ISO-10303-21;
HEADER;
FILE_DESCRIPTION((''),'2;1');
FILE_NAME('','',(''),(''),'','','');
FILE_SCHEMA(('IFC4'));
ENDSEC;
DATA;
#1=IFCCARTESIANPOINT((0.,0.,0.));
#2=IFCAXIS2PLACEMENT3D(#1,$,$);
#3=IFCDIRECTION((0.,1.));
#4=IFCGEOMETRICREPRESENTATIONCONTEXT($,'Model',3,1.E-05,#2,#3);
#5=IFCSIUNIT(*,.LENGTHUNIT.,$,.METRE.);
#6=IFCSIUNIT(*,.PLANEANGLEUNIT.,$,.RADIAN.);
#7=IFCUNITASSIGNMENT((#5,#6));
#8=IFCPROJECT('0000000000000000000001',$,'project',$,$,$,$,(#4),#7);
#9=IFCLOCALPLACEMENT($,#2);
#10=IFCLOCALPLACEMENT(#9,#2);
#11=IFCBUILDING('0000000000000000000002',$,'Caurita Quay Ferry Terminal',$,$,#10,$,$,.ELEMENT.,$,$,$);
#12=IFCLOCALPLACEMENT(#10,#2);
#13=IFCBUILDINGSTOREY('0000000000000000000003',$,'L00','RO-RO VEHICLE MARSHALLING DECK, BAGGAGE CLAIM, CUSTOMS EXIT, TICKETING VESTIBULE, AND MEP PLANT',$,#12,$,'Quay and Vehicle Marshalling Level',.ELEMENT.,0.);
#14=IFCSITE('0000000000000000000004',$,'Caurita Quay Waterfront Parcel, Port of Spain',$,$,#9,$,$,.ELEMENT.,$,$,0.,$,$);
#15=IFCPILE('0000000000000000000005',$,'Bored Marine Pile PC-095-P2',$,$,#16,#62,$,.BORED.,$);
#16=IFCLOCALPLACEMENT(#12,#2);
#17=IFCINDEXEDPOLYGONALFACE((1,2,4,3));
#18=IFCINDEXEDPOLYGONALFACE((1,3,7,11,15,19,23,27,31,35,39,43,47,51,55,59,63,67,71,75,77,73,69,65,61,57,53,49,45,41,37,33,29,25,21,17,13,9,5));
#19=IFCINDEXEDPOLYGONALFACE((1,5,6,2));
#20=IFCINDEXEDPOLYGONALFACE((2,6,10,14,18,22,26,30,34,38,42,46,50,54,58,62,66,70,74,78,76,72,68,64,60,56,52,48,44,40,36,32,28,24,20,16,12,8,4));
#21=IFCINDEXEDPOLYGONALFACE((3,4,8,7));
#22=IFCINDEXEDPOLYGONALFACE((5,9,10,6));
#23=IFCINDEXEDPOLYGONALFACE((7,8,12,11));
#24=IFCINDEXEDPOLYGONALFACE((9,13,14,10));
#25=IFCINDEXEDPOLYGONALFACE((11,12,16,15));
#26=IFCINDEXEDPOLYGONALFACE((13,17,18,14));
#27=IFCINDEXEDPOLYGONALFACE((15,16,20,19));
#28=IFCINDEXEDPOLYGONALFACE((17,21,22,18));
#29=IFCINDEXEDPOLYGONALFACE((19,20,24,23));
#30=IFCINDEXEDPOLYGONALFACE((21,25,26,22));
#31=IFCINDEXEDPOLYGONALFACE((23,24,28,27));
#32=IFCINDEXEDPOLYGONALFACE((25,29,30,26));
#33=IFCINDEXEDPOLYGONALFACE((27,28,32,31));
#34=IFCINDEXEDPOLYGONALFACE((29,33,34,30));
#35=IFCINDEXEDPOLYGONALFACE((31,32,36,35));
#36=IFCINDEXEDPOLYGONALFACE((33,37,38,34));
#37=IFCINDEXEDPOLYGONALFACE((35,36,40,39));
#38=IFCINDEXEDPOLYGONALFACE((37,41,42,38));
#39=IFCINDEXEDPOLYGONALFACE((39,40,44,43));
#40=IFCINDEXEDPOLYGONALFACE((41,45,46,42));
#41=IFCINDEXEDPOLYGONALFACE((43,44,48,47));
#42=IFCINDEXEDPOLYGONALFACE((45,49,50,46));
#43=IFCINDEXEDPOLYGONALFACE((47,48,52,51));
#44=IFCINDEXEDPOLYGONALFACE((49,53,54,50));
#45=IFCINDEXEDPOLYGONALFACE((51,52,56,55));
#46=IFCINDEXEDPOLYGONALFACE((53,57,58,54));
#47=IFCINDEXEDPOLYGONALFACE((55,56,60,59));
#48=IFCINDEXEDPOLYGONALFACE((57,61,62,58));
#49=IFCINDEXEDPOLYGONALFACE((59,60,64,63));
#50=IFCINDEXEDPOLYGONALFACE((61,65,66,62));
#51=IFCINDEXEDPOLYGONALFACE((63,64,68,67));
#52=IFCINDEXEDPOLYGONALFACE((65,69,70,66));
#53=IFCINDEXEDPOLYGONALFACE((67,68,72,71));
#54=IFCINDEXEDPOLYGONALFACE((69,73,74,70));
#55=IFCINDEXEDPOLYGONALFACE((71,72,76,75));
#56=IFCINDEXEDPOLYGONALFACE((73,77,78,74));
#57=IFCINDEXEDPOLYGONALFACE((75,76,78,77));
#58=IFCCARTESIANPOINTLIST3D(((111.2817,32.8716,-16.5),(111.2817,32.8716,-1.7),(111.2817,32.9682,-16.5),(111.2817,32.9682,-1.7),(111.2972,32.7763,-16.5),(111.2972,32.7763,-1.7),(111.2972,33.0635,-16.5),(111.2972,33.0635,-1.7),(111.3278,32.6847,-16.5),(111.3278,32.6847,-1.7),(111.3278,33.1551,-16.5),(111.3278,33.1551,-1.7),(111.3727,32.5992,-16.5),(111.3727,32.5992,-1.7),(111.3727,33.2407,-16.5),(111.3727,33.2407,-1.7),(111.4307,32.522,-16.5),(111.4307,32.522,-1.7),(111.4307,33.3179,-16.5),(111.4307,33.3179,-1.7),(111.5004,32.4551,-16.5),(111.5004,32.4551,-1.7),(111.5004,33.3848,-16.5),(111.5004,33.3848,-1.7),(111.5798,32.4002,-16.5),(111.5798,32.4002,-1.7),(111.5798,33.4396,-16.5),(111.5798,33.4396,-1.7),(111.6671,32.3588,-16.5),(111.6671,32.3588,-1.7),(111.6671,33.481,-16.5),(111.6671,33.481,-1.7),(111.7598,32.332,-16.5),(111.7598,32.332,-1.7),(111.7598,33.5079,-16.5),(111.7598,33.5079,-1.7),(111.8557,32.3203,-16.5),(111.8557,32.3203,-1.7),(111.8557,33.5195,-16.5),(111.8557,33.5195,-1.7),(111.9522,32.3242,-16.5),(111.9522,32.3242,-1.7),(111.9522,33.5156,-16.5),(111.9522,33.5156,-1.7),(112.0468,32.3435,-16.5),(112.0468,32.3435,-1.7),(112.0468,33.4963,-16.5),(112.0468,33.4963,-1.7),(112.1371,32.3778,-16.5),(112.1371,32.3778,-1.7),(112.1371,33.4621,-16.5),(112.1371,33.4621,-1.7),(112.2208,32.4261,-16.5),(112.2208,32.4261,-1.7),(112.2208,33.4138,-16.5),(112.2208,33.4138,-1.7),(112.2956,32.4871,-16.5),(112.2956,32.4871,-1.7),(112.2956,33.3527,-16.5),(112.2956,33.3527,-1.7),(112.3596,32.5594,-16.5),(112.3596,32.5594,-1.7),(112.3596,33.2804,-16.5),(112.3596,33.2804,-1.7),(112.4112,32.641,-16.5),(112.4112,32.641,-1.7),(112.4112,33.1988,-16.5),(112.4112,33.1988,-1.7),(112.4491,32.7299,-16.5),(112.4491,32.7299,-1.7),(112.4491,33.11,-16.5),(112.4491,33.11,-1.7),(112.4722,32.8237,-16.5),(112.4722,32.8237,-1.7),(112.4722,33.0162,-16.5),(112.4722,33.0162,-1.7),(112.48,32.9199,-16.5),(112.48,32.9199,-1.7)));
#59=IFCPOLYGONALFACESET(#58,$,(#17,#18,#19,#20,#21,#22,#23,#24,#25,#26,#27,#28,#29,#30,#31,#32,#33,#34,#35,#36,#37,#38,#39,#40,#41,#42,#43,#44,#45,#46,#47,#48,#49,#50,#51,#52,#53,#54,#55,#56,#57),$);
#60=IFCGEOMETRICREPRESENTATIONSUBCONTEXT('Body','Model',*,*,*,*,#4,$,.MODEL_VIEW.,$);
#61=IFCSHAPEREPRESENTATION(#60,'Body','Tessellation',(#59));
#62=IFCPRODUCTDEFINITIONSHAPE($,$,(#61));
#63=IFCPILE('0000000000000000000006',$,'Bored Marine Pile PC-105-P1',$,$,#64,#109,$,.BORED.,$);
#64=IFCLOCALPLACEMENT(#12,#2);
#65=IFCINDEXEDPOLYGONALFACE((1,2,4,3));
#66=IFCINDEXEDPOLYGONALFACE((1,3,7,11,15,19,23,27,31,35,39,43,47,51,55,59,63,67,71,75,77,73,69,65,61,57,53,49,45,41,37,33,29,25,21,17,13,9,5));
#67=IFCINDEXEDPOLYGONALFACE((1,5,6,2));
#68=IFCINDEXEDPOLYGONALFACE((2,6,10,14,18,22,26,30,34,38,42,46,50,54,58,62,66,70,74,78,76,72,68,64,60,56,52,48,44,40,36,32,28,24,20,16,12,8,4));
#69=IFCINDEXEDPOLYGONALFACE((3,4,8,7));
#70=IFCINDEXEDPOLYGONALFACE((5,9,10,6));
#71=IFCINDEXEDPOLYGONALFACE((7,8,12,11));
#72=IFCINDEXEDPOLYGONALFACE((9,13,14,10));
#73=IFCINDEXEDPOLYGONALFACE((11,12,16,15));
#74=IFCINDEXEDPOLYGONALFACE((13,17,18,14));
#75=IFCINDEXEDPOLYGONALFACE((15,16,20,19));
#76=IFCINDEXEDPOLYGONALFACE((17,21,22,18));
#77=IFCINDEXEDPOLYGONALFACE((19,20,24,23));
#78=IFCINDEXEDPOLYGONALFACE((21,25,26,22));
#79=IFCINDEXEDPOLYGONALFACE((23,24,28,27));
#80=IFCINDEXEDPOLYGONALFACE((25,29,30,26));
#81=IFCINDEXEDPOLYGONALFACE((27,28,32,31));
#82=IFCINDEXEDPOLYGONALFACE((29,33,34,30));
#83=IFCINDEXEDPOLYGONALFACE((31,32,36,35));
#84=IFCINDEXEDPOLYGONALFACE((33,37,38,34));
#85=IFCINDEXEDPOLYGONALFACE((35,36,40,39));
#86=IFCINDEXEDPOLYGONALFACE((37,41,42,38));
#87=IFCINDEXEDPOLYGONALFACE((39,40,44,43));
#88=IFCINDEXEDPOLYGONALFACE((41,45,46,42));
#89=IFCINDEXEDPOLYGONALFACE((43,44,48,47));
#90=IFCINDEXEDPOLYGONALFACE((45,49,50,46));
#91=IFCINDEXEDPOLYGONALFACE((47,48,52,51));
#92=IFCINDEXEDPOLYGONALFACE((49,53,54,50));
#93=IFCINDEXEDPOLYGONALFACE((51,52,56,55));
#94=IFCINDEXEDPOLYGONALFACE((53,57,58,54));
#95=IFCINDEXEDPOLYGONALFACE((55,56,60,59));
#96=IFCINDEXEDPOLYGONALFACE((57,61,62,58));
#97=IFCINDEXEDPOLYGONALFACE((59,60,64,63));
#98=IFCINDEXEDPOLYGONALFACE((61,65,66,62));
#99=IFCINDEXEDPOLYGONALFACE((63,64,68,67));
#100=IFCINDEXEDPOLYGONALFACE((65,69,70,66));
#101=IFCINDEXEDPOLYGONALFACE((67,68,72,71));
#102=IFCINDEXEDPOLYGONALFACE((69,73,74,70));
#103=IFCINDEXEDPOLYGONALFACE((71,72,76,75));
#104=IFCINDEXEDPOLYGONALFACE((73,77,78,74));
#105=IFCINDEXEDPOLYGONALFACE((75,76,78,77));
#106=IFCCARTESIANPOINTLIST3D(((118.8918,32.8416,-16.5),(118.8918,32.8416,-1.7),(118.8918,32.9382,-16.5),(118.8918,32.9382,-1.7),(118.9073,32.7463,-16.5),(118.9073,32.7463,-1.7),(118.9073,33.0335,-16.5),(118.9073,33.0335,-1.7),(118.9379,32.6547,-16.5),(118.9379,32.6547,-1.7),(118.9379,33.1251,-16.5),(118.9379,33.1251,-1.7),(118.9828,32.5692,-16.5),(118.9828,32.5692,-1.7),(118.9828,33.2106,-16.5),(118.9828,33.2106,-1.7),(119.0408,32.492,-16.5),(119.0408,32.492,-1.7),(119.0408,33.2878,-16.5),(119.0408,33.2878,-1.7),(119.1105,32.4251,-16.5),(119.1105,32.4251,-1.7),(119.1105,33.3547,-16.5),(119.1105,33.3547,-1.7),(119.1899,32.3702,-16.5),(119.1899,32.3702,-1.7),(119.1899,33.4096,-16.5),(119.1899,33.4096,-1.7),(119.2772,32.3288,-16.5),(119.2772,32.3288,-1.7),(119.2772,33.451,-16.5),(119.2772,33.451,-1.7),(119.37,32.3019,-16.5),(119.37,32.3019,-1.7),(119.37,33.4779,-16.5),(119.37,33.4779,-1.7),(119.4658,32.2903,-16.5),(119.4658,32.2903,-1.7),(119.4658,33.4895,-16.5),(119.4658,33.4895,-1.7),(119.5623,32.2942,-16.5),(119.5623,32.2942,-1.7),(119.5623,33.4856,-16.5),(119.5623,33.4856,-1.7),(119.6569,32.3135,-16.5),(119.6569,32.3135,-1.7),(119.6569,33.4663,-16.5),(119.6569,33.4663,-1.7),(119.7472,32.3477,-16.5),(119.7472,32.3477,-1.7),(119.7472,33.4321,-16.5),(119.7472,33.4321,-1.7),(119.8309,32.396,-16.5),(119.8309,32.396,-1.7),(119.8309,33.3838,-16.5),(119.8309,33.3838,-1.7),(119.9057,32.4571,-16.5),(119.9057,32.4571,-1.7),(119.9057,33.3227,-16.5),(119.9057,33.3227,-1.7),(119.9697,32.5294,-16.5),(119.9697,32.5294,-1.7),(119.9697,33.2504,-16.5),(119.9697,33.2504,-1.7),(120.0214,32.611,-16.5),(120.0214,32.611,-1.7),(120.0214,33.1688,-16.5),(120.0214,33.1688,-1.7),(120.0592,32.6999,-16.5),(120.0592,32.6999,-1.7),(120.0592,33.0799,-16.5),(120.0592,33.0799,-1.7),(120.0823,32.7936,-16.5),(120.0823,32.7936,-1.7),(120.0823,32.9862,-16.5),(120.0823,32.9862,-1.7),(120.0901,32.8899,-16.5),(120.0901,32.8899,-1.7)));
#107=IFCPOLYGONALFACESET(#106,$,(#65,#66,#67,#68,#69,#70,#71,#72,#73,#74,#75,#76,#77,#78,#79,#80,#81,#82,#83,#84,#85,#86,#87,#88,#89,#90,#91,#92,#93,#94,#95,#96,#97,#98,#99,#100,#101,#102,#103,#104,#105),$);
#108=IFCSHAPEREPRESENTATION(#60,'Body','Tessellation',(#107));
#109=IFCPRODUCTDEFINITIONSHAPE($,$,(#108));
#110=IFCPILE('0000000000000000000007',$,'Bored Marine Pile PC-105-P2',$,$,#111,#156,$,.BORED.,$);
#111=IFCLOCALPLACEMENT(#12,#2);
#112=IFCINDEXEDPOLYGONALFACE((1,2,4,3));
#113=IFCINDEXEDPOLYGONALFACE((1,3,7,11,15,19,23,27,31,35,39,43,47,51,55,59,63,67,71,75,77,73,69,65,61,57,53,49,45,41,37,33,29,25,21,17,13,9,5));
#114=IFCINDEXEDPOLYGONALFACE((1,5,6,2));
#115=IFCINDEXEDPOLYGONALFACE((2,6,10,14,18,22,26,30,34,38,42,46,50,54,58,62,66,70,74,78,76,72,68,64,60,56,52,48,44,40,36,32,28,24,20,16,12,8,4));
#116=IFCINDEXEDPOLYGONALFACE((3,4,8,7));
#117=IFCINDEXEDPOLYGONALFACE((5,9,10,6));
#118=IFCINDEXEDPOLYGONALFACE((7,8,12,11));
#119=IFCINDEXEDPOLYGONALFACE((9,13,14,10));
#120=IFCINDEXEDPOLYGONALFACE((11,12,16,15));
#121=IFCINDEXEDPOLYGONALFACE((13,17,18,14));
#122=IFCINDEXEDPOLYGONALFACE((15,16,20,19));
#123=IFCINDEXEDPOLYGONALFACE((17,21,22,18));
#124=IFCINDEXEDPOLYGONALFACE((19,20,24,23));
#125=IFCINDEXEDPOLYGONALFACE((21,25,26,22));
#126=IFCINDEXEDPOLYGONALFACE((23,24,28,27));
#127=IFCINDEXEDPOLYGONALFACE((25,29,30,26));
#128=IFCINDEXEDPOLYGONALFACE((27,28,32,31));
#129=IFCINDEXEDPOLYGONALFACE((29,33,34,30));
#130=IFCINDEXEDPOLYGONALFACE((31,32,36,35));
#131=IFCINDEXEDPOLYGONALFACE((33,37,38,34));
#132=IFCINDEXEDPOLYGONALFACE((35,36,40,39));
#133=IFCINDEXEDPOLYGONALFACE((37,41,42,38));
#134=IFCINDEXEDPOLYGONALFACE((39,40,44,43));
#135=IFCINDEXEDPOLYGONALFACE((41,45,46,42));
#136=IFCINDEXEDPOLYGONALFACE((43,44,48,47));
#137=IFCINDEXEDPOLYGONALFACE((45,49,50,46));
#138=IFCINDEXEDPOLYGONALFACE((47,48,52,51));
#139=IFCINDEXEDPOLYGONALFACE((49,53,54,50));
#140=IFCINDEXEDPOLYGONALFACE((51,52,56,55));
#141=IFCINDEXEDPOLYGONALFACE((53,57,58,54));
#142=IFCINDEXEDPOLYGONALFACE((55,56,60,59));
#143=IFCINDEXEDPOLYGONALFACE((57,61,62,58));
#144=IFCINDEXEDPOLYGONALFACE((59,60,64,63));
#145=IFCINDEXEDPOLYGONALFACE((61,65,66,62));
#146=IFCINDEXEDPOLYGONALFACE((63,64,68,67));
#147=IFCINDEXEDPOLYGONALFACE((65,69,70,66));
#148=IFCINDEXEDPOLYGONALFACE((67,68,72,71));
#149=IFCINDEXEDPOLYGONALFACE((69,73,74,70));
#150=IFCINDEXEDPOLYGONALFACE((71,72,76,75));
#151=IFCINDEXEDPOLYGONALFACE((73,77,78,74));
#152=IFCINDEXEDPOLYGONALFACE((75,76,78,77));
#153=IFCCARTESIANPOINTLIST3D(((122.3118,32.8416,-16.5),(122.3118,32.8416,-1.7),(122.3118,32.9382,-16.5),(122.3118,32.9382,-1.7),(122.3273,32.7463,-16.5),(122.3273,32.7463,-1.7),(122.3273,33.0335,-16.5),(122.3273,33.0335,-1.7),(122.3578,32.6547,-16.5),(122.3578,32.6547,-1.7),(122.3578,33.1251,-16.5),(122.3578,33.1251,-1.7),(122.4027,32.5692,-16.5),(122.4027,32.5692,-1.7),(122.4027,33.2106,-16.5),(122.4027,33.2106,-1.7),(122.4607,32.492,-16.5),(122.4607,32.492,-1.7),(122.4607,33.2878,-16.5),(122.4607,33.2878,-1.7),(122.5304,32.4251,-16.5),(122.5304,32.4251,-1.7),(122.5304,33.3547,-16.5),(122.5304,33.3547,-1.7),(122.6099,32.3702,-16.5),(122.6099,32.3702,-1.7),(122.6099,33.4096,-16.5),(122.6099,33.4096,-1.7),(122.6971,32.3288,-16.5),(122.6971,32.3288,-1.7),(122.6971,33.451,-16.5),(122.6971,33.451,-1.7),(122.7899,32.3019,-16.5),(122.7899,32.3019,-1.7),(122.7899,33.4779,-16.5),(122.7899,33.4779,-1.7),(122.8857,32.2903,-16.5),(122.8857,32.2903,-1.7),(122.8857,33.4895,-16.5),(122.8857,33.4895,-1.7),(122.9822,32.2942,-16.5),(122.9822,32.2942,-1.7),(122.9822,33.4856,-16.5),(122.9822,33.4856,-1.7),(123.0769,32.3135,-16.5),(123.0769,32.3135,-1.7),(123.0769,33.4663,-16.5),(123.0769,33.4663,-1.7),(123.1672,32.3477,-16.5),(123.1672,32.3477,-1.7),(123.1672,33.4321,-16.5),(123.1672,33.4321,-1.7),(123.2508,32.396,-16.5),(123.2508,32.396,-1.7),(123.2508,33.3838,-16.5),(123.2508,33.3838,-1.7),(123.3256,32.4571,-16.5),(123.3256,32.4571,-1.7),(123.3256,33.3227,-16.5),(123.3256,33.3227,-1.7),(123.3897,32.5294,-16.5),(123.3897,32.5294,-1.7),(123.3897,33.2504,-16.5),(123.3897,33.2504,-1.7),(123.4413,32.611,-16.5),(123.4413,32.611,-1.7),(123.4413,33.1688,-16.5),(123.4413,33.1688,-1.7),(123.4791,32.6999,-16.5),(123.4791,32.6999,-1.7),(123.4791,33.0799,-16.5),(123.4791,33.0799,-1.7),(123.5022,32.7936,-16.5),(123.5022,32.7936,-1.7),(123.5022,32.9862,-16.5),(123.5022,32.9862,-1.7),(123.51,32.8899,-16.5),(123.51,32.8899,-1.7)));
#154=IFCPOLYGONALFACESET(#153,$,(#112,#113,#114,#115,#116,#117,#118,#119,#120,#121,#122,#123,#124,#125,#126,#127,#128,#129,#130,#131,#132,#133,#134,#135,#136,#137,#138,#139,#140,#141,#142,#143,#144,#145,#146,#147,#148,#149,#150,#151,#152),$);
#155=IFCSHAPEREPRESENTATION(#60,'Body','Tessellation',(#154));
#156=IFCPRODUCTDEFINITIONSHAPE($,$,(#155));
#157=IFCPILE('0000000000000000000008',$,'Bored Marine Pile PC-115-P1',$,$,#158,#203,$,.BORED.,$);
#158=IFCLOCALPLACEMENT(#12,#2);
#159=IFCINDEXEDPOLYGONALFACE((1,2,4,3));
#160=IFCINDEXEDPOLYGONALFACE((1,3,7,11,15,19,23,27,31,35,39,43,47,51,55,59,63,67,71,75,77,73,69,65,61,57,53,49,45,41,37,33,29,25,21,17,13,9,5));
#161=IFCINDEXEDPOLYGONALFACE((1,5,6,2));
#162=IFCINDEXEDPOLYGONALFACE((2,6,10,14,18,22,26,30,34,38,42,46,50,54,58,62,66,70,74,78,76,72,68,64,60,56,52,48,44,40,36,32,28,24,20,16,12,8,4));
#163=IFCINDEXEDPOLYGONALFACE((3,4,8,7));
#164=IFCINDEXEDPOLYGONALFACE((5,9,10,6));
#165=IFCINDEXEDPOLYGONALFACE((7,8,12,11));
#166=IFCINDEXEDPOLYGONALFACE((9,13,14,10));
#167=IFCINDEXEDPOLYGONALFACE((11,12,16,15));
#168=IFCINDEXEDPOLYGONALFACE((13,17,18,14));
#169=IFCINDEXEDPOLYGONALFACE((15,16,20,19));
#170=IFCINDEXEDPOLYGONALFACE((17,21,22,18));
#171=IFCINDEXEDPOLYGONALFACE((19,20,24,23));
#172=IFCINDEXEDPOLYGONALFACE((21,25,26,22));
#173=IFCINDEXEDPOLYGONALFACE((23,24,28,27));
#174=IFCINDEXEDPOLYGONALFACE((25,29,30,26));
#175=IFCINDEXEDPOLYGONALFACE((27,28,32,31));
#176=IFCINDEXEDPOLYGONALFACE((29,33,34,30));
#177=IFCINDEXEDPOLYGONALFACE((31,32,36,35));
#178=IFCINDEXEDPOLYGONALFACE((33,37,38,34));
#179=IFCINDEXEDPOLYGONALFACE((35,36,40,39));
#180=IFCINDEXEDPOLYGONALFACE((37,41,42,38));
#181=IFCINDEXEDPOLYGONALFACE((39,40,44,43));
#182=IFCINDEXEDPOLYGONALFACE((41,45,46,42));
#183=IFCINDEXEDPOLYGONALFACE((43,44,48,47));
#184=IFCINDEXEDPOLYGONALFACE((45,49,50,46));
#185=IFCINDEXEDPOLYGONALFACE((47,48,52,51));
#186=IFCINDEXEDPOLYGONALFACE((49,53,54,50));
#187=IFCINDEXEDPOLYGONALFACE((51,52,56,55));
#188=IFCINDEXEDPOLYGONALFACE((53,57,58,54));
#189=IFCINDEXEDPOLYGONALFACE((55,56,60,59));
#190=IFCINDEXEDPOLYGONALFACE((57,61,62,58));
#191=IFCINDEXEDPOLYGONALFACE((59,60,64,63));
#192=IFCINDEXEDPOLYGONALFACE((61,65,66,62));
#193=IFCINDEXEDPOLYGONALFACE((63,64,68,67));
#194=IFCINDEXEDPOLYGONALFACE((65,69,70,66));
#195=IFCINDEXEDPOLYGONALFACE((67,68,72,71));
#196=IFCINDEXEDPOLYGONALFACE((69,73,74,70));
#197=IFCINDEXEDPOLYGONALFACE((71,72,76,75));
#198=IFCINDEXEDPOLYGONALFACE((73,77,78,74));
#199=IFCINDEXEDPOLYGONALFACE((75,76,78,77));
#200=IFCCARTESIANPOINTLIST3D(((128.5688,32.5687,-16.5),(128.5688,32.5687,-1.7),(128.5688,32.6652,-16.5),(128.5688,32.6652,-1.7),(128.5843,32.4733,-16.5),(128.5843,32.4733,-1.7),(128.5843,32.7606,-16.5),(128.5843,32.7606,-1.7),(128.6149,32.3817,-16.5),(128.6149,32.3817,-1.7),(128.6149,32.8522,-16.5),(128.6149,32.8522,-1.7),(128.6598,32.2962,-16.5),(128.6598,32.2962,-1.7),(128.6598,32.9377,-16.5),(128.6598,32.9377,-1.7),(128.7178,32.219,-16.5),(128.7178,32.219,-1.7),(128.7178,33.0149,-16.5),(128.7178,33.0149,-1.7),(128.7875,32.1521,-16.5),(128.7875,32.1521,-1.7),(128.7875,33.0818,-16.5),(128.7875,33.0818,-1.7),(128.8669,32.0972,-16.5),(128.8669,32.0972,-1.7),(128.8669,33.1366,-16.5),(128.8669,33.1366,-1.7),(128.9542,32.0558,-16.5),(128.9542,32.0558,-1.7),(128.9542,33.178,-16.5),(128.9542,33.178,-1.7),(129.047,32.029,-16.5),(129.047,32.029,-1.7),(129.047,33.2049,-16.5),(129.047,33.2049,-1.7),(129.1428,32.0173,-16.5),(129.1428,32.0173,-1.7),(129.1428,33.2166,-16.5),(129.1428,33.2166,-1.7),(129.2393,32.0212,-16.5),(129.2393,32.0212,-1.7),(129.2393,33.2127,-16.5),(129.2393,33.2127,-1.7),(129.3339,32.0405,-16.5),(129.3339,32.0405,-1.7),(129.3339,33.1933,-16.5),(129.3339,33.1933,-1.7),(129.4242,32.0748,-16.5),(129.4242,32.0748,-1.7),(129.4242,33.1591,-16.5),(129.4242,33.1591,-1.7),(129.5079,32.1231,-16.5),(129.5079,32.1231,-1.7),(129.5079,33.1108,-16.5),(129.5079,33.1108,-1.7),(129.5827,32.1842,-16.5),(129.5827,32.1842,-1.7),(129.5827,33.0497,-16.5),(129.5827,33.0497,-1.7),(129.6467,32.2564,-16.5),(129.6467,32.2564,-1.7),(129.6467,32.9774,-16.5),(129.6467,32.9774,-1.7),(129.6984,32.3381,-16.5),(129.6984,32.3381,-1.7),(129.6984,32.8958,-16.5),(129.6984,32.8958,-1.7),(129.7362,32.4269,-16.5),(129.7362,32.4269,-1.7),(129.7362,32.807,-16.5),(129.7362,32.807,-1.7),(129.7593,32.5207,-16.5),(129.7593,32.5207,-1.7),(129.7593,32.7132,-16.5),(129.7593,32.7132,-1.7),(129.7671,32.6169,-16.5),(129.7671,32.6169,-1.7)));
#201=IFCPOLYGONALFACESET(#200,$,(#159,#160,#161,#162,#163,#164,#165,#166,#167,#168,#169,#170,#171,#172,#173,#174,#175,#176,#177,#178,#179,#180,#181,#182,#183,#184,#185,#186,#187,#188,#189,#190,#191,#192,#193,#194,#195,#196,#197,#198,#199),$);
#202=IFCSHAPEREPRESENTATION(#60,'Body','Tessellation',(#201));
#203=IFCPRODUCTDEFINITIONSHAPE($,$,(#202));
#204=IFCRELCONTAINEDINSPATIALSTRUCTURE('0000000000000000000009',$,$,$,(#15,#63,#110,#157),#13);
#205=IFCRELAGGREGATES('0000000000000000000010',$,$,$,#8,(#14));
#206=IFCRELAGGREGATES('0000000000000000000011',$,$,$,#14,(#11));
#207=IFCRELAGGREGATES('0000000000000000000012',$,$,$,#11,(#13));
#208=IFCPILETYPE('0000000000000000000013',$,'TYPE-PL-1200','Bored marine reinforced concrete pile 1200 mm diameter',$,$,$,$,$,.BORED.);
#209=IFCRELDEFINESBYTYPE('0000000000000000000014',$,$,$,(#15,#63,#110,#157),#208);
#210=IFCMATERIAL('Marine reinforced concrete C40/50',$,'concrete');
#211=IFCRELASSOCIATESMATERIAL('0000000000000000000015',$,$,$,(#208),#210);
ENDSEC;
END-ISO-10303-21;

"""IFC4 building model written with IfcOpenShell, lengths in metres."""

from ifc_helpers import new_model, si_unit, direction, frame, origin, origin_2d, place, context, subcontext, project, spatial, circle, extrude, material, material_profile, profile_set, type_object, element, save


model = new_model("IFC4")

# Units and contexts
model_context = context("Model", 3, precision=1e-05, world=origin(), true_north=direction((0.0, 1.0)))
body_context = subcontext(model_context, "Body", "Model", "MODEL_VIEW")
ifc_project = project(units=[si_unit("LENGTHUNIT", "METRE"), si_unit("PLANEANGLEUNIT", "RADIAN")], contexts=[model_context])

# Site, building, storey
site_placement = place(None, origin())
site = spatial("IfcSite", under=ifc_project, at=site_placement, Name="Caurita Quay Waterfront Parcel, Port of Spain", CompositionType="ELEMENT", RefElevation=0.0)
building_placement = place(site_placement, origin())
building = spatial("IfcBuilding", under=site, at=building_placement, Name="Caurita Quay Ferry Terminal", CompositionType="ELEMENT")
storey_placement = place(building_placement, origin())
storey = spatial("IfcBuildingStorey", under=building, at=storey_placement, Name="L00", Description="RO-RO VEHICLE MARSHALLING DECK, BAGGAGE CLAIM, CUSTOMS EXIT, TICKETING VESTIBULE, AND MEP PLANT", LongName="Quay and Vehicle Marshalling Level", CompositionType="ELEMENT", Elevation=0.0)

# Piles
ifc_material_1 = material(Name="Marine reinforced concrete C40/50", Category="concrete")
ifc_material_profile_1 = material_profile(ifc_material_1, circle(Radius=0.6001, at=origin_2d()), Name="PILE-D1200")
ifc_profile_set_1 = profile_set([ifc_material_profile_1], Name="Marine reinforced concrete C40/50")
pile_type = type_object("IfcPileType", Name="TYPE-PL-1200", Description="Bored marine reinforced concrete pile 1200 mm diameter", PredefinedType="BORED", material=ifc_profile_set_1)
for number, where, z_axis, x_axis, name in (
    (1, (111.8799, 32.9199, -1.7), (0.0, 0.0, -1.0), (1.0, 0.0, 0.0), "Bored Marine Pile PC-095-P2"),
    (2, (119.49, 32.8899, -1.7), (0.0, 0.0, -1.0), (1.0, 0.0, 0.0), "Bored Marine Pile PC-105-P1"),
    (3, (122.9099, 32.8899, -1.7), (0.0, 0.0, -1.0), (1.0, 0.0, 0.0), "Bored Marine Pile PC-105-P2"),
    (4, (129.167, 32.6169, -1.7), (0.0, 0.0, -1.0), (1.0, 0.0, 0.0), "Bored Marine Pile PC-115-P1"),
):
    element("IfcPile", number, at=place(storey_placement, frame(where, z_axis=z_axis, x_axis=x_axis)), inside=storey, type_object=pile_type, Name=name, PredefinedType="BORED", context=body_context, shape_type="SweptSolid", body=[
        extrude(circle(Radius=0.6001, at=origin_2d()), origin(), (0.0, 0.0, 1.0), 14.8),
    ])

save(model, "model.ifc")
